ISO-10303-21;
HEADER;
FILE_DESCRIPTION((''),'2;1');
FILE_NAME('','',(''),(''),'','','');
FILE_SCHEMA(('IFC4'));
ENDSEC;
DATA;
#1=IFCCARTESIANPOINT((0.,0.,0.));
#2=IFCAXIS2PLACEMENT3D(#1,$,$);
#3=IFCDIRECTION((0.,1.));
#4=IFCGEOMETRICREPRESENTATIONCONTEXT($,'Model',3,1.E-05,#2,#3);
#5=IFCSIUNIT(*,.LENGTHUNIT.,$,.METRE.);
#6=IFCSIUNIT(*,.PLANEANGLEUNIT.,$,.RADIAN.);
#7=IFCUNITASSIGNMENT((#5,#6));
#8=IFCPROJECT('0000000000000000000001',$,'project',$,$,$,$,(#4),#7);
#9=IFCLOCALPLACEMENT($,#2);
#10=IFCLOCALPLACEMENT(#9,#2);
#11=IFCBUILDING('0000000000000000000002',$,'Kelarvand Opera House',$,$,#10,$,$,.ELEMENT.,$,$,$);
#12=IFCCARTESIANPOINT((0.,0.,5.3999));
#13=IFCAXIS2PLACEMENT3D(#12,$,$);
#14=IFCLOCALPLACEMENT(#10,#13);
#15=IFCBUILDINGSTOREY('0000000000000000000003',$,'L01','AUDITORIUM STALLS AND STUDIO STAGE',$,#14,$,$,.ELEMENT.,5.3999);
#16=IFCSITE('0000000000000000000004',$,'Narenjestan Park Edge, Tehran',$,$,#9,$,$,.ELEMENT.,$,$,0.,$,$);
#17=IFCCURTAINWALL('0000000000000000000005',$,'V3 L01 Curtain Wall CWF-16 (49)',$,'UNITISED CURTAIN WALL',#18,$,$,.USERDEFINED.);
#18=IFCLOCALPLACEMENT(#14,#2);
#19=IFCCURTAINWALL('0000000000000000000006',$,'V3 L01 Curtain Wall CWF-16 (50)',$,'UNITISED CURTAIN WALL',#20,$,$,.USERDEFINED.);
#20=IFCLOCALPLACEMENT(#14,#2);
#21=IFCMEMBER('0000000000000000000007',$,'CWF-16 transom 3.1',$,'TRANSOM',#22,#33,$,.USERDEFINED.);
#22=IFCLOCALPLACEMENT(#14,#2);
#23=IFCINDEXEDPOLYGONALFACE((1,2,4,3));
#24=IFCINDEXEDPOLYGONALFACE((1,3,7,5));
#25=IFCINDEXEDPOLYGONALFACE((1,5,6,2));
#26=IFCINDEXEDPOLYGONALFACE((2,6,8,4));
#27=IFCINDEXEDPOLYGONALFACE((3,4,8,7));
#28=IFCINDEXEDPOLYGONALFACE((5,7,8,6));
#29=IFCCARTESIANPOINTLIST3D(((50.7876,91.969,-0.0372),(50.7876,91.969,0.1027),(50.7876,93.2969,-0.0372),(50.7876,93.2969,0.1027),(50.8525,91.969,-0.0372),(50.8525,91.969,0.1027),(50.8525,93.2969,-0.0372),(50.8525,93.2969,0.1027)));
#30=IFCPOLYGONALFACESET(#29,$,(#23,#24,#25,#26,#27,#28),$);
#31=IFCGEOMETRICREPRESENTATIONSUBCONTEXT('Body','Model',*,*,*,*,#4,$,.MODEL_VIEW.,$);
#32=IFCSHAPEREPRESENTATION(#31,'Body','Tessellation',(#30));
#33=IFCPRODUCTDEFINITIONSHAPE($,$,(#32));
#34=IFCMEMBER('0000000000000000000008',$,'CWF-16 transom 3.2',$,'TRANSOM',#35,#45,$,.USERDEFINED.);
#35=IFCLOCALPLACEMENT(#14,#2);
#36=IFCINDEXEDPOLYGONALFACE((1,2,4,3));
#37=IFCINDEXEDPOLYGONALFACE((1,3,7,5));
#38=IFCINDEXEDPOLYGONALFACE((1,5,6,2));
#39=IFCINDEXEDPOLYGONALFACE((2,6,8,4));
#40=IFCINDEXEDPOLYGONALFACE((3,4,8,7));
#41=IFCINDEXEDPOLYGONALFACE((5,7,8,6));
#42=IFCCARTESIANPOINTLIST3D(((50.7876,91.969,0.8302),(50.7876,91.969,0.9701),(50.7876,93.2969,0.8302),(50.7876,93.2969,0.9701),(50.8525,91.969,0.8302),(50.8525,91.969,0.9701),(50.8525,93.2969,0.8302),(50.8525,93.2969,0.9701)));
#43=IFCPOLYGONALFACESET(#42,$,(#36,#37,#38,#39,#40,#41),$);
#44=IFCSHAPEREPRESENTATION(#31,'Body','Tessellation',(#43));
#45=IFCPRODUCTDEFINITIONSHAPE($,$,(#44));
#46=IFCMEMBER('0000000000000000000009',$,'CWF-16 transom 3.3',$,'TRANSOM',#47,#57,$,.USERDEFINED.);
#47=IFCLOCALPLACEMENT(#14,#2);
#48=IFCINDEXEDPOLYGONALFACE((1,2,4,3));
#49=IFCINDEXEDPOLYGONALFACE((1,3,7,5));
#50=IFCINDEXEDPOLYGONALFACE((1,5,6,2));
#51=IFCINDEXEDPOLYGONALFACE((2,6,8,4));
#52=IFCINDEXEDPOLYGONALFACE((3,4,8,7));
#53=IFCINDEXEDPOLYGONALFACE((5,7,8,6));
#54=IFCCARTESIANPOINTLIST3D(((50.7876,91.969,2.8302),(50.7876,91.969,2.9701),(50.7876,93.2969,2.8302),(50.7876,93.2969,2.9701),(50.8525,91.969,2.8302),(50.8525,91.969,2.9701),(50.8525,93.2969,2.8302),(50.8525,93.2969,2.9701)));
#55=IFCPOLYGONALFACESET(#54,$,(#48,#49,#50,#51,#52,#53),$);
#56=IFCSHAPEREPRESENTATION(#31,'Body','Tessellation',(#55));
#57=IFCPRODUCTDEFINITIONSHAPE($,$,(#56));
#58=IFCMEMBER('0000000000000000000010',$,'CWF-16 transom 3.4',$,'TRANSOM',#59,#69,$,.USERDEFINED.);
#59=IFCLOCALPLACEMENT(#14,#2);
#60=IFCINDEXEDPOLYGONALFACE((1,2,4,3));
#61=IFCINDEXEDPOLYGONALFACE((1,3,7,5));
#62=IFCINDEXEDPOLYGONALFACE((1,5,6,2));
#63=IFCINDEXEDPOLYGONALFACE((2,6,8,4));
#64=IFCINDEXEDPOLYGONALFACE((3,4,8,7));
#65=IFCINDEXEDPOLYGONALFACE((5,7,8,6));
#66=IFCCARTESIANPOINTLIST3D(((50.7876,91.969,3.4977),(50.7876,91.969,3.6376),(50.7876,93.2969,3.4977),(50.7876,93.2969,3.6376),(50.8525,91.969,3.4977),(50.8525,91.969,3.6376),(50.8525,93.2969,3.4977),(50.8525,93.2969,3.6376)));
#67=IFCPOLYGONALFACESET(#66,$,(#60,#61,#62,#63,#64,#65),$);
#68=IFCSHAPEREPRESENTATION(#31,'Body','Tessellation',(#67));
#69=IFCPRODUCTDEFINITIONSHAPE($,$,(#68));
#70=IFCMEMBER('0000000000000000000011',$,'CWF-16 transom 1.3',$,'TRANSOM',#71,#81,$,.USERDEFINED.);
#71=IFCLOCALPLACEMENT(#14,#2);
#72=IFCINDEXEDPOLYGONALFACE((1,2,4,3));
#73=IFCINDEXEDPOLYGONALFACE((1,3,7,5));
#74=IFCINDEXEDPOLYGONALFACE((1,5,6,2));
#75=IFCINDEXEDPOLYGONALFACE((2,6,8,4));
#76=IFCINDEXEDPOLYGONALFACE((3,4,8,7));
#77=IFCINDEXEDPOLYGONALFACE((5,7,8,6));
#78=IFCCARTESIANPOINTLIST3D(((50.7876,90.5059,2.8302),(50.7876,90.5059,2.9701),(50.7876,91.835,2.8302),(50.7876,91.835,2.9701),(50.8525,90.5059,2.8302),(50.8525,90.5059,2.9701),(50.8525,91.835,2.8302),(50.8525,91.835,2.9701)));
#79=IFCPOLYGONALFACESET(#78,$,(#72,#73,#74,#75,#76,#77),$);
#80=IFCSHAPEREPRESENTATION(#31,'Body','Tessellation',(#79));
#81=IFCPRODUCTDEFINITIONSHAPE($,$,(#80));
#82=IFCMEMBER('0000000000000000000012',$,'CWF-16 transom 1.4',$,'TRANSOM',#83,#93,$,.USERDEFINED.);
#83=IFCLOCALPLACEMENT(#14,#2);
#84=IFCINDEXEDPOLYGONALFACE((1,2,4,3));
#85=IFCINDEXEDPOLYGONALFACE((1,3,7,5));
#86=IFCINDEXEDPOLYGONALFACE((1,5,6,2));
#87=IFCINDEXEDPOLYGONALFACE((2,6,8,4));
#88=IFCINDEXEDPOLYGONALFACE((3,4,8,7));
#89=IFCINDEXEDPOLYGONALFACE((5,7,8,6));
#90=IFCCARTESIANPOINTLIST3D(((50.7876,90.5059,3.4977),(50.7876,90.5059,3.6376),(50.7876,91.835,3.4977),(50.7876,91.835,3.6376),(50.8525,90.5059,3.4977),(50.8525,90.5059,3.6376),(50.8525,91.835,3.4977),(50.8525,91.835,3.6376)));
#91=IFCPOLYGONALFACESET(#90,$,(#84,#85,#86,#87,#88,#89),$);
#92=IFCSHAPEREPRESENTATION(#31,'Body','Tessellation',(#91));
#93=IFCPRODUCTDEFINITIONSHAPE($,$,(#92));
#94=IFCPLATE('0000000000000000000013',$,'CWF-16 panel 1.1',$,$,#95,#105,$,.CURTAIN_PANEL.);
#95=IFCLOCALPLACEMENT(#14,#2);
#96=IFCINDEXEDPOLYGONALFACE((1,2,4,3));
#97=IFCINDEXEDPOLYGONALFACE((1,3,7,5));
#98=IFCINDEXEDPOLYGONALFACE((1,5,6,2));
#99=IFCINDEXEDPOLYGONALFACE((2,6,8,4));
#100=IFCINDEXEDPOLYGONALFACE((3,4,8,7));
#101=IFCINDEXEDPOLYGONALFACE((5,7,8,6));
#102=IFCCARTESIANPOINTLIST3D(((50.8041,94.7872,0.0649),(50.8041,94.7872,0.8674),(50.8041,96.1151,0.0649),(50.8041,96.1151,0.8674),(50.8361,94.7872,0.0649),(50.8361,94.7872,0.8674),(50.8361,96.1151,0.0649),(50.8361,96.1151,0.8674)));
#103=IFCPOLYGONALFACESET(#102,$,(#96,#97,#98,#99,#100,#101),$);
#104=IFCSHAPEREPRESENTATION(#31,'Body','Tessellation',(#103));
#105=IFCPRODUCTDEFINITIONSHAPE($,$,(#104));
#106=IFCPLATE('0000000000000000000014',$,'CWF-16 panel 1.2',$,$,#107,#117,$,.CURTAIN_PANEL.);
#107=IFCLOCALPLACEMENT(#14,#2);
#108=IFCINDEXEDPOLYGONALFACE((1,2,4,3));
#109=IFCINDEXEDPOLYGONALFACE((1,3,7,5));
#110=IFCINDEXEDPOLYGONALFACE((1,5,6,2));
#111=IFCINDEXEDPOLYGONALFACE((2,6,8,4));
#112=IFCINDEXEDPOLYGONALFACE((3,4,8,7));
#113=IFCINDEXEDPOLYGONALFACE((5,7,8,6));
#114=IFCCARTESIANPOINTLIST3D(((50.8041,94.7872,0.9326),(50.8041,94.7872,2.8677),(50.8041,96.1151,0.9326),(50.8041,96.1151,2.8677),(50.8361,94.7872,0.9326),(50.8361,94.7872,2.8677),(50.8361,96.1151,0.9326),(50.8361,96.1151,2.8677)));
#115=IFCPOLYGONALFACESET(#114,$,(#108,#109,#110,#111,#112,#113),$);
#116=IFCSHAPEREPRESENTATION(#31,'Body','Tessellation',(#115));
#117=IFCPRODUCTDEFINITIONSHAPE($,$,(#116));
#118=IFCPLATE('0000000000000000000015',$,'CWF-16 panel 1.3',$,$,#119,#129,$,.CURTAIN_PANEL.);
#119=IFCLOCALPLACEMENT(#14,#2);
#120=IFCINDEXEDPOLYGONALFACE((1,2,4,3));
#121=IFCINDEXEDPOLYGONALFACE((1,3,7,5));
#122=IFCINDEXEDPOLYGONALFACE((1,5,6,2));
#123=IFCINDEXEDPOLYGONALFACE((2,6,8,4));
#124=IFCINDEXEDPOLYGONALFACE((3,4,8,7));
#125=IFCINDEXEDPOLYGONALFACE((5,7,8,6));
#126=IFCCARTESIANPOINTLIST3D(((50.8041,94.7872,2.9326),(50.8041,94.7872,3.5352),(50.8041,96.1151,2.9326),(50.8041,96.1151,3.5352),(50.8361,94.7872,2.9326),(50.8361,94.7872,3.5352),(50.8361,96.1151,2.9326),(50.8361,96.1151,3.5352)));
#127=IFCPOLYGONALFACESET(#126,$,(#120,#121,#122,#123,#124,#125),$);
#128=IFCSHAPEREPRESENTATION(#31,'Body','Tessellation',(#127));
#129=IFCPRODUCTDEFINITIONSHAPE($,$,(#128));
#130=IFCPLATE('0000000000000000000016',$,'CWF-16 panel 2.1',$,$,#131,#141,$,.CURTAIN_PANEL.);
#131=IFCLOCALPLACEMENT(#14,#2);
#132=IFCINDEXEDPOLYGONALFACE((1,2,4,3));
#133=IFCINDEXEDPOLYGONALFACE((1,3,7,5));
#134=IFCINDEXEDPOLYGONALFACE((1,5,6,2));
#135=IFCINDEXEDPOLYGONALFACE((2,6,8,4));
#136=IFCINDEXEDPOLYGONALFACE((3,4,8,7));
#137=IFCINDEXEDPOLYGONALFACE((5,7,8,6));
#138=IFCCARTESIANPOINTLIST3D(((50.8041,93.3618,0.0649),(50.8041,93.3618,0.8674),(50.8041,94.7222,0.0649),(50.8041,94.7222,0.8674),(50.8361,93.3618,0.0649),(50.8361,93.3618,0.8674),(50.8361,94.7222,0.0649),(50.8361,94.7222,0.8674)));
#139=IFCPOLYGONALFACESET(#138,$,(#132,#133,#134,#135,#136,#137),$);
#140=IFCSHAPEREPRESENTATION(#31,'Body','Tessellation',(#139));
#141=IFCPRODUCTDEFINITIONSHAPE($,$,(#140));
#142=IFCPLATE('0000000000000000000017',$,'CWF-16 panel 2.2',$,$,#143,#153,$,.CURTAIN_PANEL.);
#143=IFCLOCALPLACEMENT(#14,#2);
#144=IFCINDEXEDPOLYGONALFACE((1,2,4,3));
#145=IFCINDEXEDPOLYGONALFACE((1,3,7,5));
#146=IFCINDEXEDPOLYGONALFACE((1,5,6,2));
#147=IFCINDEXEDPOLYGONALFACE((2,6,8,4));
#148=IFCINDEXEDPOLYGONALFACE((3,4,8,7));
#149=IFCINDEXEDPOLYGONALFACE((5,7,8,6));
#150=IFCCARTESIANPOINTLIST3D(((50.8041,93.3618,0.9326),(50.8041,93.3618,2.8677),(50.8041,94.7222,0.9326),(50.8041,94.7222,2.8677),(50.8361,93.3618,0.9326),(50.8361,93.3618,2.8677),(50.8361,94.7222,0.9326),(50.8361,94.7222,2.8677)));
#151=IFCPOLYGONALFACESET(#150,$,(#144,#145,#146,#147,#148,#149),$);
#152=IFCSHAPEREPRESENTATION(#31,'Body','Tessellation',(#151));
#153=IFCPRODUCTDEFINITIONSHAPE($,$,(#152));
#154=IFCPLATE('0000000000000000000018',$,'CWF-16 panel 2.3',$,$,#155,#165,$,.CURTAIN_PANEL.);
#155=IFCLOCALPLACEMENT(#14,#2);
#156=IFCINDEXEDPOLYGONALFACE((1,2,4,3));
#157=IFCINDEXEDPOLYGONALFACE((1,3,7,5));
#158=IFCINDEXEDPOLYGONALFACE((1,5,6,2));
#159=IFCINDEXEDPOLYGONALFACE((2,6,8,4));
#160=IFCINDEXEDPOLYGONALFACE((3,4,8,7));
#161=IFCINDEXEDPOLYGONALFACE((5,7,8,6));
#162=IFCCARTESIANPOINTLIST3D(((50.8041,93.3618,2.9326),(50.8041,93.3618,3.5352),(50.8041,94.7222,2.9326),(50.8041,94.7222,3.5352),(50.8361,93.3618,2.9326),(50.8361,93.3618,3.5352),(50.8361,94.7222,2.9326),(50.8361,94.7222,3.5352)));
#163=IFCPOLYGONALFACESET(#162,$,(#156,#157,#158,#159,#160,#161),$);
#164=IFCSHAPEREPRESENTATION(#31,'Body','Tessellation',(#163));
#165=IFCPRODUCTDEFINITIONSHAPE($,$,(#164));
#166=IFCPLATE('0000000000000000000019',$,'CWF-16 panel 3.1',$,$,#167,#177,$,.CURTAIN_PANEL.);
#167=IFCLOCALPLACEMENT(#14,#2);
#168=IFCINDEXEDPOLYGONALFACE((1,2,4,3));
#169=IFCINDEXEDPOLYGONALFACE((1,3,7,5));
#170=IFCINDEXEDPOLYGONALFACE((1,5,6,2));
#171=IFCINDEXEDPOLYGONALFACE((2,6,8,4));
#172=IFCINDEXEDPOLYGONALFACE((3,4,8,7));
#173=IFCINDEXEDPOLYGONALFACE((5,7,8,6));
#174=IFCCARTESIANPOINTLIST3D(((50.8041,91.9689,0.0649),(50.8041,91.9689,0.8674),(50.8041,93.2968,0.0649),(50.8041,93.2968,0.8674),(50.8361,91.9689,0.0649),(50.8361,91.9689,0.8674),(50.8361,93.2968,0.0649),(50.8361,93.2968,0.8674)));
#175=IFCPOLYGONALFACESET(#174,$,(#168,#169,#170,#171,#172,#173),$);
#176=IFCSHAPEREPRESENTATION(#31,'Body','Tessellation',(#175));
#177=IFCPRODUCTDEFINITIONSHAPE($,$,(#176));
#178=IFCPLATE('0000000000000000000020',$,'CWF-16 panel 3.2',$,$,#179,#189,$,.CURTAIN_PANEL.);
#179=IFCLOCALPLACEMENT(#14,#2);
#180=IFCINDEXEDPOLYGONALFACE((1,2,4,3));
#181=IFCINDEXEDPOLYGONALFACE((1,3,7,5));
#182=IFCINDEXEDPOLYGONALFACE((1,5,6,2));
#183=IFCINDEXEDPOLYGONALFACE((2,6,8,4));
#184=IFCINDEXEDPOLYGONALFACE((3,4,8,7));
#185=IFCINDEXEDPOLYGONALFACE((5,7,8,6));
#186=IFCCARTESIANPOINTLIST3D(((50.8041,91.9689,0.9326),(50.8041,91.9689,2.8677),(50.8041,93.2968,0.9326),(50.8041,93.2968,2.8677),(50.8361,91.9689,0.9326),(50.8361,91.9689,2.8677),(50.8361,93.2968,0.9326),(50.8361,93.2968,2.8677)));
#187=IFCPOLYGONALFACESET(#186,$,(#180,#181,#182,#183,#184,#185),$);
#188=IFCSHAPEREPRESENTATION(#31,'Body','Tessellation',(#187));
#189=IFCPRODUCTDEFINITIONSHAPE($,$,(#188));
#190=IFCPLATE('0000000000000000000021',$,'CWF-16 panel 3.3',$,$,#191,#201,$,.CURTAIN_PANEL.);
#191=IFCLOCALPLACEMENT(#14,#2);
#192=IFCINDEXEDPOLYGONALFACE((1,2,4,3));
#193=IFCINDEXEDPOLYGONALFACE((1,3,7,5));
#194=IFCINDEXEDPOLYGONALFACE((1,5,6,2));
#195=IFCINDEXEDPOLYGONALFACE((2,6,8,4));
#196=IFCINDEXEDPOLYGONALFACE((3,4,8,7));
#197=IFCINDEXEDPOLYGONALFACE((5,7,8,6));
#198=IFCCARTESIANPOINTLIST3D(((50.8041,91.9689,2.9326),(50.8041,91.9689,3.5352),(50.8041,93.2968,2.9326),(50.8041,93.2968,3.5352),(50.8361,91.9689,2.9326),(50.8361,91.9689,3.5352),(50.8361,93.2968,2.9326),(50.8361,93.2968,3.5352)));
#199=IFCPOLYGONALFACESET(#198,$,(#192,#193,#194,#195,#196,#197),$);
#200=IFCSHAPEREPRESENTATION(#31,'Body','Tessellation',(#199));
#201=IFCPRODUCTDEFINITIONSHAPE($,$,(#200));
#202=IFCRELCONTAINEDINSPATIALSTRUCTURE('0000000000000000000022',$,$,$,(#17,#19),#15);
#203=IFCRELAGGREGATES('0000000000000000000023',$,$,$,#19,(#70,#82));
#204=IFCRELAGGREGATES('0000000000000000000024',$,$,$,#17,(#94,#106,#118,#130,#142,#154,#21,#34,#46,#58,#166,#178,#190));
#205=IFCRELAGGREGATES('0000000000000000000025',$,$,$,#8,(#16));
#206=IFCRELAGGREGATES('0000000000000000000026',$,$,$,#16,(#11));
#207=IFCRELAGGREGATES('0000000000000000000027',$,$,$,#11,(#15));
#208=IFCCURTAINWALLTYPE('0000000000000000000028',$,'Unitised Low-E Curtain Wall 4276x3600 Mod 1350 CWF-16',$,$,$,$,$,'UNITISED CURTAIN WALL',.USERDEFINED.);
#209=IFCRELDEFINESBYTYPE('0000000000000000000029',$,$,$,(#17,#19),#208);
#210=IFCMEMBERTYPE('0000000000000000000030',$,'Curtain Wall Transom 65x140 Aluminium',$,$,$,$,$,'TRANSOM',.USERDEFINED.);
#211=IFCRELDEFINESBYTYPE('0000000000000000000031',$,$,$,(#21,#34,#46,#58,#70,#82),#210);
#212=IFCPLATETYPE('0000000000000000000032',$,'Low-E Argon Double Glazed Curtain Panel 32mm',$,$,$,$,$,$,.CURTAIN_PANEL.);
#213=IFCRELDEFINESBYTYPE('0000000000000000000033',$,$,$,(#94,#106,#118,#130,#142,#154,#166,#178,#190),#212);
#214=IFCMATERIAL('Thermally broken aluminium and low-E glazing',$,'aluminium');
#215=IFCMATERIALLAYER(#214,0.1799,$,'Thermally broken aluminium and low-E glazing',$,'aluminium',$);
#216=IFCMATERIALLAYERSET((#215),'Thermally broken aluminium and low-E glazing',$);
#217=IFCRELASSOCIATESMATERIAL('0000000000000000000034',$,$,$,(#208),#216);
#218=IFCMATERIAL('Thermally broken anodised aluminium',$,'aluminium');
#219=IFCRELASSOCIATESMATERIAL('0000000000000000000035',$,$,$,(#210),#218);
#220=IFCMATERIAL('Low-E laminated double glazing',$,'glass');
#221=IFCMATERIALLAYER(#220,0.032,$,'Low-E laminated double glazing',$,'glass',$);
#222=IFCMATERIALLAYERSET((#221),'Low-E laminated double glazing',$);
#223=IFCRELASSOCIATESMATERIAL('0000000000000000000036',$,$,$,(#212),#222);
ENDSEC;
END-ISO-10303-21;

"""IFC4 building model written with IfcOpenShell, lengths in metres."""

from ifc_helpers import new_model, si_unit, direction, frame, origin, origin_2d, place, context, subcontext, project, spatial, rectangle, extrude, material, layer, layer_set, material_profile, profile_set, type_object, element, aggregate, save


model = new_model("IFC4")

# Units and contexts
model_context = context("Model", 3, precision=1e-05, world=origin(), true_north=direction((0.0, 1.0)))
body_context = subcontext(model_context, "Body", "Model", "MODEL_VIEW")
ifc_project = project(units=[si_unit("LENGTHUNIT", "METRE"), si_unit("PLANEANGLEUNIT", "RADIAN")], contexts=[model_context])

# Site, building, storey
site_placement = place(None, origin())
site = spatial("IfcSite", under=ifc_project, at=site_placement, Name="Narenjestan Park Edge, Tehran", CompositionType="ELEMENT", RefElevation=0.0)
building_placement = place(site_placement, origin())
building = spatial("IfcBuilding", under=site, at=building_placement, Name="Kelarvand Opera House", CompositionType="ELEMENT")
storey_placement = place(building_placement, frame((0.0, 0.0, 5.3999)))
storey = spatial("IfcBuildingStorey", under=building, at=storey_placement, Name="L01", Description="AUDITORIUM STALLS AND STUDIO STAGE", CompositionType="ELEMENT", Elevation=5.3999)

# Curtain wall
ifc_material_1 = material(Name="Thermally broken aluminium and low-E glazing", Category="aluminium")
ifc_layer_1 = layer(ifc_material_1, 0.1799, Name="Thermally broken aluminium and low-E glazing", Category="aluminium")
ifc_layer_set_1 = layer_set([ifc_layer_1], Name="Thermally broken aluminium and low-E glazing")
curtain_wall_type = type_object("IfcCurtainWallType", Name="Unitised Low-E Curtain Wall 4276x3600 Mod 1350 CWF-16", ElementType="UNITISED CURTAIN WALL", PredefinedType="USERDEFINED", material=ifc_layer_set_1)
curtain_wall_1_placement = place(storey_placement, origin())
curtain_wall_1 = element("IfcCurtainWall", 1, at=curtain_wall_1_placement, inside=storey, type_object=curtain_wall_type, Name="V3 L01 Curtain Wall CWF-16 (49)", ObjectType="UNITISED CURTAIN WALL", PredefinedType="USERDEFINED")
ifc_material_2 = material(Name="Thermally broken anodised aluminium", Category="aluminium")

# Curtain wall
curtain_wall_2_placement = place(storey_placement, origin())
curtain_wall_2 = element("IfcCurtainWall", 2, at=curtain_wall_2_placement, inside=storey, type_object=curtain_wall_type, Name="V3 L01 Curtain Wall CWF-16 (50)", ObjectType="UNITISED CURTAIN WALL", PredefinedType="USERDEFINED")

# Members
ifc_material_profile_1 = material_profile(ifc_material_2, rectangle(XDim=0.0649, YDim=0.1399, at=origin_2d()), Name="ALU TRANSOM 65x140", Category="aluminium")
ifc_profile_set_1 = profile_set([ifc_material_profile_1], Name="Thermally broken anodised aluminium")
member_type_1 = type_object("IfcMemberType", Name="Curtain Wall Transom 65x140 Aluminium", ElementType="TRANSOM", PredefinedType="USERDEFINED", material=ifc_profile_set_1)
member_1_placement = place(storey_placement, frame((50.8201, 93.2969, 0.0327), z_axis=(0.0, -1.0, 0.0), x_axis=(1.0, 0.0, 0.0)))
member_1 = element("IfcMember", 3, at=member_1_placement, type_object=member_type_1, Name="CWF-16 transom 3.1", ObjectType="TRANSOM", PredefinedType="USERDEFINED", context=body_context, shape_type="SweptSolid", body=[
    extrude(rectangle(XDim=0.0649, YDim=0.1399, at=origin_2d()), origin(), (0.0, 0.0, 1.0), 1.3279),
])
member_2_placement = place(storey_placement, frame((50.8201, 93.2969, 0.9001), z_axis=(0.0, -1.0, 0.0), x_axis=(1.0, 0.0, 0.0)))
member_2 = element("IfcMember", 4, at=member_2_placement, type_object=member_type_1, Name="CWF-16 transom 3.2", ObjectType="TRANSOM", PredefinedType="USERDEFINED", context=body_context, shape_type="SweptSolid", body=[
    extrude(rectangle(XDim=0.0649, YDim=0.1399, at=origin_2d()), origin(), (0.0, 0.0, 1.0), 1.3279),
])
member_3_placement = place(storey_placement, frame((50.8201, 93.2969, 2.9001), z_axis=(0.0, -1.0, 0.0), x_axis=(1.0, 0.0, 0.0)))
member_3 = element("IfcMember", 5, at=member_3_placement, type_object=member_type_1, Name="CWF-16 transom 3.3", ObjectType="TRANSOM", PredefinedType="USERDEFINED", context=body_context, shape_type="SweptSolid", body=[
    extrude(rectangle(XDim=0.0649, YDim=0.1399, at=origin_2d()), origin(), (0.0, 0.0, 1.0), 1.3279),
])
member_4_placement = place(storey_placement, frame((50.8201, 93.2969, 3.5676), z_axis=(0.0, -1.0, 0.0), x_axis=(1.0, 0.0, 0.0)))
member_4 = element("IfcMember", 6, at=member_4_placement, type_object=member_type_1, Name="CWF-16 transom 3.4", ObjectType="TRANSOM", PredefinedType="USERDEFINED", context=body_context, shape_type="SweptSolid", body=[
    extrude(rectangle(XDim=0.0649, YDim=0.1399, at=origin_2d()), origin(), (0.0, 0.0, 1.0), 1.3279),
])
member_5_placement = place(storey_placement, frame((50.8201, 91.835, 2.9001), z_axis=(0.0, -1.0, 0.0), x_axis=(1.0, 0.0, 0.0)))
member_5 = element("IfcMember", 7, at=member_5_placement, type_object=member_type_1, Name="CWF-16 transom 1.3", ObjectType="TRANSOM", PredefinedType="USERDEFINED", context=body_context, shape_type="SweptSolid", body=[
    extrude(rectangle(XDim=0.0649, YDim=0.1399, at=origin_2d()), origin(), (0.0, 0.0, 1.0), 1.3291),
])
member_6_placement = place(storey_placement, frame((50.8201, 91.835, 3.5676), z_axis=(0.0, -1.0, 0.0), x_axis=(1.0, 0.0, 0.0)))
member_6 = element("IfcMember", 8, at=member_6_placement, type_object=member_type_1, Name="CWF-16 transom 1.4", ObjectType="TRANSOM", PredefinedType="USERDEFINED", context=body_context, shape_type="SweptSolid", body=[
    extrude(rectangle(XDim=0.0649, YDim=0.1399, at=origin_2d()), origin(), (0.0, 0.0, 1.0), 1.3291),
])
aggregate(curtain_wall_2, [member_5, member_6])

# Plates
ifc_material_3 = material(Name="Low-E laminated double glazing", Category="glass")
ifc_layer_2 = layer(ifc_material_3, 0.032, Name="Low-E laminated double glazing", Category="glass")
ifc_layer_set_2 = layer_set([ifc_layer_2], Name="Low-E laminated double glazing")
plate_type = type_object("IfcPlateType", Name="Low-E Argon Double Glazed Curtain Panel 32mm", PredefinedType="CURTAIN_PANEL", material=ifc_layer_set_2)
plate_1_placement = place(storey_placement, frame((50.8201, 95.4512, 0.0649), z_axis=(0.0, 0.0, 1.0), x_axis=(0.0, -1.0, 0.0)))
plate_1 = element("IfcPlate", 9, at=plate_1_placement, type_object=plate_type, Name="CWF-16 panel 1.1", PredefinedType="CURTAIN_PANEL", context=body_context, shape_type="SweptSolid", body=[
    extrude(rectangle(XDim=1.3279, YDim=0.032, at=origin_2d()), origin(), (0.0, 0.0, 1.0), 0.8025),
])
plate_2_placement = place(storey_placement, frame((50.8201, 95.4512, 0.9326), z_axis=(0.0, 0.0, 1.0), x_axis=(0.0, -1.0, 0.0)))
plate_2 = element("IfcPlate", 10, at=plate_2_placement, type_object=plate_type, Name="CWF-16 panel 1.2", PredefinedType="CURTAIN_PANEL", context=body_context, shape_type="SweptSolid", body=[
    extrude(rectangle(XDim=1.3279, YDim=0.032, at=origin_2d()), origin(), (0.0, 0.0, 1.0), 1.9351),
])
plate_3_placement = place(storey_placement, frame((50.8201, 95.4512, 2.9326), z_axis=(0.0, 0.0, 1.0), x_axis=(0.0, -1.0, 0.0)))
plate_3 = element("IfcPlate", 11, at=plate_3_placement, type_object=plate_type, Name="CWF-16 panel 1.3", PredefinedType="CURTAIN_PANEL", context=body_context, shape_type="SweptSolid", body=[
    extrude(rectangle(XDim=1.3279, YDim=0.032, at=origin_2d()), origin(), (0.0, 0.0, 1.0), 0.6025),
])
plate_4_placement = place(storey_placement, frame((50.8201, 94.042, 0.0649), z_axis=(0.0, 0.0, 1.0), x_axis=(0.0, -1.0, 0.0)))
plate_4 = element("IfcPlate", 12, at=plate_4_placement, type_object=plate_type, Name="CWF-16 panel 2.1", PredefinedType="CURTAIN_PANEL", context=body_context, shape_type="SweptSolid", body=[
    extrude(rectangle(XDim=1.3604, YDim=0.032, at=origin_2d()), origin(), (0.0, 0.0, 1.0), 0.8025),
])
plate_5_placement = place(storey_placement, frame((50.8201, 94.042, 0.9326), z_axis=(0.0, 0.0, 1.0), x_axis=(0.0, -1.0, 0.0)))
plate_5 = element("IfcPlate", 13, at=plate_5_placement, type_object=plate_type, Name="CWF-16 panel 2.2", PredefinedType="CURTAIN_PANEL", context=body_context, shape_type="SweptSolid", body=[
    extrude(rectangle(XDim=1.3604, YDim=0.032, at=origin_2d()), origin(), (0.0, 0.0, 1.0), 1.9351),
])
plate_6_placement = place(storey_placement, frame((50.8201, 94.042, 2.9326), z_axis=(0.0, 0.0, 1.0), x_axis=(0.0, -1.0, 0.0)))
plate_6 = element("IfcPlate", 14, at=plate_6_placement, type_object=plate_type, Name="CWF-16 panel 2.3", PredefinedType="CURTAIN_PANEL", context=body_context, shape_type="SweptSolid", body=[
    extrude(rectangle(XDim=1.3604, YDim=0.032, at=origin_2d()), origin(), (0.0, 0.0, 1.0), 0.6025),
])
plate_7_placement = place(storey_placement, frame((50.8201, 92.6328, 0.0649), z_axis=(0.0, 0.0, 1.0), x_axis=(0.0, -1.0, 0.0)))
plate_7 = element("IfcPlate", 15, at=plate_7_placement, type_object=plate_type, Name="CWF-16 panel 3.1", PredefinedType="CURTAIN_PANEL", context=body_context, shape_type="SweptSolid", body=[
    extrude(rectangle(XDim=1.3279, YDim=0.032, at=origin_2d()), origin(), (0.0, 0.0, 1.0), 0.8025),
])
plate_8_placement = place(storey_placement, frame((50.8201, 92.6328, 0.9326), z_axis=(0.0, 0.0, 1.0), x_axis=(0.0, -1.0, 0.0)))
plate_8 = element("IfcPlate", 16, at=plate_8_placement, type_object=plate_type, Name="CWF-16 panel 3.2", PredefinedType="CURTAIN_PANEL", context=body_context, shape_type="SweptSolid", body=[
    extrude(rectangle(XDim=1.3279, YDim=0.032, at=origin_2d()), origin(), (0.0, 0.0, 1.0), 1.9351),
])
plate_9_placement = place(storey_placement, frame((50.8201, 92.6328, 2.9326), z_axis=(0.0, 0.0, 1.0), x_axis=(0.0, -1.0, 0.0)))
plate_9 = element("IfcPlate", 17, at=plate_9_placement, type_object=plate_type, Name="CWF-16 panel 3.3", PredefinedType="CURTAIN_PANEL", context=body_context, shape_type="SweptSolid", body=[
    extrude(rectangle(XDim=1.3279, YDim=0.032, at=origin_2d()), origin(), (0.0, 0.0, 1.0), 0.6025),
])
aggregate(curtain_wall_1, [plate_1, plate_2, plate_3, plate_4, plate_5, plate_6, member_1, member_2, member_3, member_4, plate_7, plate_8, plate_9])

save(model, "model.ifc")
